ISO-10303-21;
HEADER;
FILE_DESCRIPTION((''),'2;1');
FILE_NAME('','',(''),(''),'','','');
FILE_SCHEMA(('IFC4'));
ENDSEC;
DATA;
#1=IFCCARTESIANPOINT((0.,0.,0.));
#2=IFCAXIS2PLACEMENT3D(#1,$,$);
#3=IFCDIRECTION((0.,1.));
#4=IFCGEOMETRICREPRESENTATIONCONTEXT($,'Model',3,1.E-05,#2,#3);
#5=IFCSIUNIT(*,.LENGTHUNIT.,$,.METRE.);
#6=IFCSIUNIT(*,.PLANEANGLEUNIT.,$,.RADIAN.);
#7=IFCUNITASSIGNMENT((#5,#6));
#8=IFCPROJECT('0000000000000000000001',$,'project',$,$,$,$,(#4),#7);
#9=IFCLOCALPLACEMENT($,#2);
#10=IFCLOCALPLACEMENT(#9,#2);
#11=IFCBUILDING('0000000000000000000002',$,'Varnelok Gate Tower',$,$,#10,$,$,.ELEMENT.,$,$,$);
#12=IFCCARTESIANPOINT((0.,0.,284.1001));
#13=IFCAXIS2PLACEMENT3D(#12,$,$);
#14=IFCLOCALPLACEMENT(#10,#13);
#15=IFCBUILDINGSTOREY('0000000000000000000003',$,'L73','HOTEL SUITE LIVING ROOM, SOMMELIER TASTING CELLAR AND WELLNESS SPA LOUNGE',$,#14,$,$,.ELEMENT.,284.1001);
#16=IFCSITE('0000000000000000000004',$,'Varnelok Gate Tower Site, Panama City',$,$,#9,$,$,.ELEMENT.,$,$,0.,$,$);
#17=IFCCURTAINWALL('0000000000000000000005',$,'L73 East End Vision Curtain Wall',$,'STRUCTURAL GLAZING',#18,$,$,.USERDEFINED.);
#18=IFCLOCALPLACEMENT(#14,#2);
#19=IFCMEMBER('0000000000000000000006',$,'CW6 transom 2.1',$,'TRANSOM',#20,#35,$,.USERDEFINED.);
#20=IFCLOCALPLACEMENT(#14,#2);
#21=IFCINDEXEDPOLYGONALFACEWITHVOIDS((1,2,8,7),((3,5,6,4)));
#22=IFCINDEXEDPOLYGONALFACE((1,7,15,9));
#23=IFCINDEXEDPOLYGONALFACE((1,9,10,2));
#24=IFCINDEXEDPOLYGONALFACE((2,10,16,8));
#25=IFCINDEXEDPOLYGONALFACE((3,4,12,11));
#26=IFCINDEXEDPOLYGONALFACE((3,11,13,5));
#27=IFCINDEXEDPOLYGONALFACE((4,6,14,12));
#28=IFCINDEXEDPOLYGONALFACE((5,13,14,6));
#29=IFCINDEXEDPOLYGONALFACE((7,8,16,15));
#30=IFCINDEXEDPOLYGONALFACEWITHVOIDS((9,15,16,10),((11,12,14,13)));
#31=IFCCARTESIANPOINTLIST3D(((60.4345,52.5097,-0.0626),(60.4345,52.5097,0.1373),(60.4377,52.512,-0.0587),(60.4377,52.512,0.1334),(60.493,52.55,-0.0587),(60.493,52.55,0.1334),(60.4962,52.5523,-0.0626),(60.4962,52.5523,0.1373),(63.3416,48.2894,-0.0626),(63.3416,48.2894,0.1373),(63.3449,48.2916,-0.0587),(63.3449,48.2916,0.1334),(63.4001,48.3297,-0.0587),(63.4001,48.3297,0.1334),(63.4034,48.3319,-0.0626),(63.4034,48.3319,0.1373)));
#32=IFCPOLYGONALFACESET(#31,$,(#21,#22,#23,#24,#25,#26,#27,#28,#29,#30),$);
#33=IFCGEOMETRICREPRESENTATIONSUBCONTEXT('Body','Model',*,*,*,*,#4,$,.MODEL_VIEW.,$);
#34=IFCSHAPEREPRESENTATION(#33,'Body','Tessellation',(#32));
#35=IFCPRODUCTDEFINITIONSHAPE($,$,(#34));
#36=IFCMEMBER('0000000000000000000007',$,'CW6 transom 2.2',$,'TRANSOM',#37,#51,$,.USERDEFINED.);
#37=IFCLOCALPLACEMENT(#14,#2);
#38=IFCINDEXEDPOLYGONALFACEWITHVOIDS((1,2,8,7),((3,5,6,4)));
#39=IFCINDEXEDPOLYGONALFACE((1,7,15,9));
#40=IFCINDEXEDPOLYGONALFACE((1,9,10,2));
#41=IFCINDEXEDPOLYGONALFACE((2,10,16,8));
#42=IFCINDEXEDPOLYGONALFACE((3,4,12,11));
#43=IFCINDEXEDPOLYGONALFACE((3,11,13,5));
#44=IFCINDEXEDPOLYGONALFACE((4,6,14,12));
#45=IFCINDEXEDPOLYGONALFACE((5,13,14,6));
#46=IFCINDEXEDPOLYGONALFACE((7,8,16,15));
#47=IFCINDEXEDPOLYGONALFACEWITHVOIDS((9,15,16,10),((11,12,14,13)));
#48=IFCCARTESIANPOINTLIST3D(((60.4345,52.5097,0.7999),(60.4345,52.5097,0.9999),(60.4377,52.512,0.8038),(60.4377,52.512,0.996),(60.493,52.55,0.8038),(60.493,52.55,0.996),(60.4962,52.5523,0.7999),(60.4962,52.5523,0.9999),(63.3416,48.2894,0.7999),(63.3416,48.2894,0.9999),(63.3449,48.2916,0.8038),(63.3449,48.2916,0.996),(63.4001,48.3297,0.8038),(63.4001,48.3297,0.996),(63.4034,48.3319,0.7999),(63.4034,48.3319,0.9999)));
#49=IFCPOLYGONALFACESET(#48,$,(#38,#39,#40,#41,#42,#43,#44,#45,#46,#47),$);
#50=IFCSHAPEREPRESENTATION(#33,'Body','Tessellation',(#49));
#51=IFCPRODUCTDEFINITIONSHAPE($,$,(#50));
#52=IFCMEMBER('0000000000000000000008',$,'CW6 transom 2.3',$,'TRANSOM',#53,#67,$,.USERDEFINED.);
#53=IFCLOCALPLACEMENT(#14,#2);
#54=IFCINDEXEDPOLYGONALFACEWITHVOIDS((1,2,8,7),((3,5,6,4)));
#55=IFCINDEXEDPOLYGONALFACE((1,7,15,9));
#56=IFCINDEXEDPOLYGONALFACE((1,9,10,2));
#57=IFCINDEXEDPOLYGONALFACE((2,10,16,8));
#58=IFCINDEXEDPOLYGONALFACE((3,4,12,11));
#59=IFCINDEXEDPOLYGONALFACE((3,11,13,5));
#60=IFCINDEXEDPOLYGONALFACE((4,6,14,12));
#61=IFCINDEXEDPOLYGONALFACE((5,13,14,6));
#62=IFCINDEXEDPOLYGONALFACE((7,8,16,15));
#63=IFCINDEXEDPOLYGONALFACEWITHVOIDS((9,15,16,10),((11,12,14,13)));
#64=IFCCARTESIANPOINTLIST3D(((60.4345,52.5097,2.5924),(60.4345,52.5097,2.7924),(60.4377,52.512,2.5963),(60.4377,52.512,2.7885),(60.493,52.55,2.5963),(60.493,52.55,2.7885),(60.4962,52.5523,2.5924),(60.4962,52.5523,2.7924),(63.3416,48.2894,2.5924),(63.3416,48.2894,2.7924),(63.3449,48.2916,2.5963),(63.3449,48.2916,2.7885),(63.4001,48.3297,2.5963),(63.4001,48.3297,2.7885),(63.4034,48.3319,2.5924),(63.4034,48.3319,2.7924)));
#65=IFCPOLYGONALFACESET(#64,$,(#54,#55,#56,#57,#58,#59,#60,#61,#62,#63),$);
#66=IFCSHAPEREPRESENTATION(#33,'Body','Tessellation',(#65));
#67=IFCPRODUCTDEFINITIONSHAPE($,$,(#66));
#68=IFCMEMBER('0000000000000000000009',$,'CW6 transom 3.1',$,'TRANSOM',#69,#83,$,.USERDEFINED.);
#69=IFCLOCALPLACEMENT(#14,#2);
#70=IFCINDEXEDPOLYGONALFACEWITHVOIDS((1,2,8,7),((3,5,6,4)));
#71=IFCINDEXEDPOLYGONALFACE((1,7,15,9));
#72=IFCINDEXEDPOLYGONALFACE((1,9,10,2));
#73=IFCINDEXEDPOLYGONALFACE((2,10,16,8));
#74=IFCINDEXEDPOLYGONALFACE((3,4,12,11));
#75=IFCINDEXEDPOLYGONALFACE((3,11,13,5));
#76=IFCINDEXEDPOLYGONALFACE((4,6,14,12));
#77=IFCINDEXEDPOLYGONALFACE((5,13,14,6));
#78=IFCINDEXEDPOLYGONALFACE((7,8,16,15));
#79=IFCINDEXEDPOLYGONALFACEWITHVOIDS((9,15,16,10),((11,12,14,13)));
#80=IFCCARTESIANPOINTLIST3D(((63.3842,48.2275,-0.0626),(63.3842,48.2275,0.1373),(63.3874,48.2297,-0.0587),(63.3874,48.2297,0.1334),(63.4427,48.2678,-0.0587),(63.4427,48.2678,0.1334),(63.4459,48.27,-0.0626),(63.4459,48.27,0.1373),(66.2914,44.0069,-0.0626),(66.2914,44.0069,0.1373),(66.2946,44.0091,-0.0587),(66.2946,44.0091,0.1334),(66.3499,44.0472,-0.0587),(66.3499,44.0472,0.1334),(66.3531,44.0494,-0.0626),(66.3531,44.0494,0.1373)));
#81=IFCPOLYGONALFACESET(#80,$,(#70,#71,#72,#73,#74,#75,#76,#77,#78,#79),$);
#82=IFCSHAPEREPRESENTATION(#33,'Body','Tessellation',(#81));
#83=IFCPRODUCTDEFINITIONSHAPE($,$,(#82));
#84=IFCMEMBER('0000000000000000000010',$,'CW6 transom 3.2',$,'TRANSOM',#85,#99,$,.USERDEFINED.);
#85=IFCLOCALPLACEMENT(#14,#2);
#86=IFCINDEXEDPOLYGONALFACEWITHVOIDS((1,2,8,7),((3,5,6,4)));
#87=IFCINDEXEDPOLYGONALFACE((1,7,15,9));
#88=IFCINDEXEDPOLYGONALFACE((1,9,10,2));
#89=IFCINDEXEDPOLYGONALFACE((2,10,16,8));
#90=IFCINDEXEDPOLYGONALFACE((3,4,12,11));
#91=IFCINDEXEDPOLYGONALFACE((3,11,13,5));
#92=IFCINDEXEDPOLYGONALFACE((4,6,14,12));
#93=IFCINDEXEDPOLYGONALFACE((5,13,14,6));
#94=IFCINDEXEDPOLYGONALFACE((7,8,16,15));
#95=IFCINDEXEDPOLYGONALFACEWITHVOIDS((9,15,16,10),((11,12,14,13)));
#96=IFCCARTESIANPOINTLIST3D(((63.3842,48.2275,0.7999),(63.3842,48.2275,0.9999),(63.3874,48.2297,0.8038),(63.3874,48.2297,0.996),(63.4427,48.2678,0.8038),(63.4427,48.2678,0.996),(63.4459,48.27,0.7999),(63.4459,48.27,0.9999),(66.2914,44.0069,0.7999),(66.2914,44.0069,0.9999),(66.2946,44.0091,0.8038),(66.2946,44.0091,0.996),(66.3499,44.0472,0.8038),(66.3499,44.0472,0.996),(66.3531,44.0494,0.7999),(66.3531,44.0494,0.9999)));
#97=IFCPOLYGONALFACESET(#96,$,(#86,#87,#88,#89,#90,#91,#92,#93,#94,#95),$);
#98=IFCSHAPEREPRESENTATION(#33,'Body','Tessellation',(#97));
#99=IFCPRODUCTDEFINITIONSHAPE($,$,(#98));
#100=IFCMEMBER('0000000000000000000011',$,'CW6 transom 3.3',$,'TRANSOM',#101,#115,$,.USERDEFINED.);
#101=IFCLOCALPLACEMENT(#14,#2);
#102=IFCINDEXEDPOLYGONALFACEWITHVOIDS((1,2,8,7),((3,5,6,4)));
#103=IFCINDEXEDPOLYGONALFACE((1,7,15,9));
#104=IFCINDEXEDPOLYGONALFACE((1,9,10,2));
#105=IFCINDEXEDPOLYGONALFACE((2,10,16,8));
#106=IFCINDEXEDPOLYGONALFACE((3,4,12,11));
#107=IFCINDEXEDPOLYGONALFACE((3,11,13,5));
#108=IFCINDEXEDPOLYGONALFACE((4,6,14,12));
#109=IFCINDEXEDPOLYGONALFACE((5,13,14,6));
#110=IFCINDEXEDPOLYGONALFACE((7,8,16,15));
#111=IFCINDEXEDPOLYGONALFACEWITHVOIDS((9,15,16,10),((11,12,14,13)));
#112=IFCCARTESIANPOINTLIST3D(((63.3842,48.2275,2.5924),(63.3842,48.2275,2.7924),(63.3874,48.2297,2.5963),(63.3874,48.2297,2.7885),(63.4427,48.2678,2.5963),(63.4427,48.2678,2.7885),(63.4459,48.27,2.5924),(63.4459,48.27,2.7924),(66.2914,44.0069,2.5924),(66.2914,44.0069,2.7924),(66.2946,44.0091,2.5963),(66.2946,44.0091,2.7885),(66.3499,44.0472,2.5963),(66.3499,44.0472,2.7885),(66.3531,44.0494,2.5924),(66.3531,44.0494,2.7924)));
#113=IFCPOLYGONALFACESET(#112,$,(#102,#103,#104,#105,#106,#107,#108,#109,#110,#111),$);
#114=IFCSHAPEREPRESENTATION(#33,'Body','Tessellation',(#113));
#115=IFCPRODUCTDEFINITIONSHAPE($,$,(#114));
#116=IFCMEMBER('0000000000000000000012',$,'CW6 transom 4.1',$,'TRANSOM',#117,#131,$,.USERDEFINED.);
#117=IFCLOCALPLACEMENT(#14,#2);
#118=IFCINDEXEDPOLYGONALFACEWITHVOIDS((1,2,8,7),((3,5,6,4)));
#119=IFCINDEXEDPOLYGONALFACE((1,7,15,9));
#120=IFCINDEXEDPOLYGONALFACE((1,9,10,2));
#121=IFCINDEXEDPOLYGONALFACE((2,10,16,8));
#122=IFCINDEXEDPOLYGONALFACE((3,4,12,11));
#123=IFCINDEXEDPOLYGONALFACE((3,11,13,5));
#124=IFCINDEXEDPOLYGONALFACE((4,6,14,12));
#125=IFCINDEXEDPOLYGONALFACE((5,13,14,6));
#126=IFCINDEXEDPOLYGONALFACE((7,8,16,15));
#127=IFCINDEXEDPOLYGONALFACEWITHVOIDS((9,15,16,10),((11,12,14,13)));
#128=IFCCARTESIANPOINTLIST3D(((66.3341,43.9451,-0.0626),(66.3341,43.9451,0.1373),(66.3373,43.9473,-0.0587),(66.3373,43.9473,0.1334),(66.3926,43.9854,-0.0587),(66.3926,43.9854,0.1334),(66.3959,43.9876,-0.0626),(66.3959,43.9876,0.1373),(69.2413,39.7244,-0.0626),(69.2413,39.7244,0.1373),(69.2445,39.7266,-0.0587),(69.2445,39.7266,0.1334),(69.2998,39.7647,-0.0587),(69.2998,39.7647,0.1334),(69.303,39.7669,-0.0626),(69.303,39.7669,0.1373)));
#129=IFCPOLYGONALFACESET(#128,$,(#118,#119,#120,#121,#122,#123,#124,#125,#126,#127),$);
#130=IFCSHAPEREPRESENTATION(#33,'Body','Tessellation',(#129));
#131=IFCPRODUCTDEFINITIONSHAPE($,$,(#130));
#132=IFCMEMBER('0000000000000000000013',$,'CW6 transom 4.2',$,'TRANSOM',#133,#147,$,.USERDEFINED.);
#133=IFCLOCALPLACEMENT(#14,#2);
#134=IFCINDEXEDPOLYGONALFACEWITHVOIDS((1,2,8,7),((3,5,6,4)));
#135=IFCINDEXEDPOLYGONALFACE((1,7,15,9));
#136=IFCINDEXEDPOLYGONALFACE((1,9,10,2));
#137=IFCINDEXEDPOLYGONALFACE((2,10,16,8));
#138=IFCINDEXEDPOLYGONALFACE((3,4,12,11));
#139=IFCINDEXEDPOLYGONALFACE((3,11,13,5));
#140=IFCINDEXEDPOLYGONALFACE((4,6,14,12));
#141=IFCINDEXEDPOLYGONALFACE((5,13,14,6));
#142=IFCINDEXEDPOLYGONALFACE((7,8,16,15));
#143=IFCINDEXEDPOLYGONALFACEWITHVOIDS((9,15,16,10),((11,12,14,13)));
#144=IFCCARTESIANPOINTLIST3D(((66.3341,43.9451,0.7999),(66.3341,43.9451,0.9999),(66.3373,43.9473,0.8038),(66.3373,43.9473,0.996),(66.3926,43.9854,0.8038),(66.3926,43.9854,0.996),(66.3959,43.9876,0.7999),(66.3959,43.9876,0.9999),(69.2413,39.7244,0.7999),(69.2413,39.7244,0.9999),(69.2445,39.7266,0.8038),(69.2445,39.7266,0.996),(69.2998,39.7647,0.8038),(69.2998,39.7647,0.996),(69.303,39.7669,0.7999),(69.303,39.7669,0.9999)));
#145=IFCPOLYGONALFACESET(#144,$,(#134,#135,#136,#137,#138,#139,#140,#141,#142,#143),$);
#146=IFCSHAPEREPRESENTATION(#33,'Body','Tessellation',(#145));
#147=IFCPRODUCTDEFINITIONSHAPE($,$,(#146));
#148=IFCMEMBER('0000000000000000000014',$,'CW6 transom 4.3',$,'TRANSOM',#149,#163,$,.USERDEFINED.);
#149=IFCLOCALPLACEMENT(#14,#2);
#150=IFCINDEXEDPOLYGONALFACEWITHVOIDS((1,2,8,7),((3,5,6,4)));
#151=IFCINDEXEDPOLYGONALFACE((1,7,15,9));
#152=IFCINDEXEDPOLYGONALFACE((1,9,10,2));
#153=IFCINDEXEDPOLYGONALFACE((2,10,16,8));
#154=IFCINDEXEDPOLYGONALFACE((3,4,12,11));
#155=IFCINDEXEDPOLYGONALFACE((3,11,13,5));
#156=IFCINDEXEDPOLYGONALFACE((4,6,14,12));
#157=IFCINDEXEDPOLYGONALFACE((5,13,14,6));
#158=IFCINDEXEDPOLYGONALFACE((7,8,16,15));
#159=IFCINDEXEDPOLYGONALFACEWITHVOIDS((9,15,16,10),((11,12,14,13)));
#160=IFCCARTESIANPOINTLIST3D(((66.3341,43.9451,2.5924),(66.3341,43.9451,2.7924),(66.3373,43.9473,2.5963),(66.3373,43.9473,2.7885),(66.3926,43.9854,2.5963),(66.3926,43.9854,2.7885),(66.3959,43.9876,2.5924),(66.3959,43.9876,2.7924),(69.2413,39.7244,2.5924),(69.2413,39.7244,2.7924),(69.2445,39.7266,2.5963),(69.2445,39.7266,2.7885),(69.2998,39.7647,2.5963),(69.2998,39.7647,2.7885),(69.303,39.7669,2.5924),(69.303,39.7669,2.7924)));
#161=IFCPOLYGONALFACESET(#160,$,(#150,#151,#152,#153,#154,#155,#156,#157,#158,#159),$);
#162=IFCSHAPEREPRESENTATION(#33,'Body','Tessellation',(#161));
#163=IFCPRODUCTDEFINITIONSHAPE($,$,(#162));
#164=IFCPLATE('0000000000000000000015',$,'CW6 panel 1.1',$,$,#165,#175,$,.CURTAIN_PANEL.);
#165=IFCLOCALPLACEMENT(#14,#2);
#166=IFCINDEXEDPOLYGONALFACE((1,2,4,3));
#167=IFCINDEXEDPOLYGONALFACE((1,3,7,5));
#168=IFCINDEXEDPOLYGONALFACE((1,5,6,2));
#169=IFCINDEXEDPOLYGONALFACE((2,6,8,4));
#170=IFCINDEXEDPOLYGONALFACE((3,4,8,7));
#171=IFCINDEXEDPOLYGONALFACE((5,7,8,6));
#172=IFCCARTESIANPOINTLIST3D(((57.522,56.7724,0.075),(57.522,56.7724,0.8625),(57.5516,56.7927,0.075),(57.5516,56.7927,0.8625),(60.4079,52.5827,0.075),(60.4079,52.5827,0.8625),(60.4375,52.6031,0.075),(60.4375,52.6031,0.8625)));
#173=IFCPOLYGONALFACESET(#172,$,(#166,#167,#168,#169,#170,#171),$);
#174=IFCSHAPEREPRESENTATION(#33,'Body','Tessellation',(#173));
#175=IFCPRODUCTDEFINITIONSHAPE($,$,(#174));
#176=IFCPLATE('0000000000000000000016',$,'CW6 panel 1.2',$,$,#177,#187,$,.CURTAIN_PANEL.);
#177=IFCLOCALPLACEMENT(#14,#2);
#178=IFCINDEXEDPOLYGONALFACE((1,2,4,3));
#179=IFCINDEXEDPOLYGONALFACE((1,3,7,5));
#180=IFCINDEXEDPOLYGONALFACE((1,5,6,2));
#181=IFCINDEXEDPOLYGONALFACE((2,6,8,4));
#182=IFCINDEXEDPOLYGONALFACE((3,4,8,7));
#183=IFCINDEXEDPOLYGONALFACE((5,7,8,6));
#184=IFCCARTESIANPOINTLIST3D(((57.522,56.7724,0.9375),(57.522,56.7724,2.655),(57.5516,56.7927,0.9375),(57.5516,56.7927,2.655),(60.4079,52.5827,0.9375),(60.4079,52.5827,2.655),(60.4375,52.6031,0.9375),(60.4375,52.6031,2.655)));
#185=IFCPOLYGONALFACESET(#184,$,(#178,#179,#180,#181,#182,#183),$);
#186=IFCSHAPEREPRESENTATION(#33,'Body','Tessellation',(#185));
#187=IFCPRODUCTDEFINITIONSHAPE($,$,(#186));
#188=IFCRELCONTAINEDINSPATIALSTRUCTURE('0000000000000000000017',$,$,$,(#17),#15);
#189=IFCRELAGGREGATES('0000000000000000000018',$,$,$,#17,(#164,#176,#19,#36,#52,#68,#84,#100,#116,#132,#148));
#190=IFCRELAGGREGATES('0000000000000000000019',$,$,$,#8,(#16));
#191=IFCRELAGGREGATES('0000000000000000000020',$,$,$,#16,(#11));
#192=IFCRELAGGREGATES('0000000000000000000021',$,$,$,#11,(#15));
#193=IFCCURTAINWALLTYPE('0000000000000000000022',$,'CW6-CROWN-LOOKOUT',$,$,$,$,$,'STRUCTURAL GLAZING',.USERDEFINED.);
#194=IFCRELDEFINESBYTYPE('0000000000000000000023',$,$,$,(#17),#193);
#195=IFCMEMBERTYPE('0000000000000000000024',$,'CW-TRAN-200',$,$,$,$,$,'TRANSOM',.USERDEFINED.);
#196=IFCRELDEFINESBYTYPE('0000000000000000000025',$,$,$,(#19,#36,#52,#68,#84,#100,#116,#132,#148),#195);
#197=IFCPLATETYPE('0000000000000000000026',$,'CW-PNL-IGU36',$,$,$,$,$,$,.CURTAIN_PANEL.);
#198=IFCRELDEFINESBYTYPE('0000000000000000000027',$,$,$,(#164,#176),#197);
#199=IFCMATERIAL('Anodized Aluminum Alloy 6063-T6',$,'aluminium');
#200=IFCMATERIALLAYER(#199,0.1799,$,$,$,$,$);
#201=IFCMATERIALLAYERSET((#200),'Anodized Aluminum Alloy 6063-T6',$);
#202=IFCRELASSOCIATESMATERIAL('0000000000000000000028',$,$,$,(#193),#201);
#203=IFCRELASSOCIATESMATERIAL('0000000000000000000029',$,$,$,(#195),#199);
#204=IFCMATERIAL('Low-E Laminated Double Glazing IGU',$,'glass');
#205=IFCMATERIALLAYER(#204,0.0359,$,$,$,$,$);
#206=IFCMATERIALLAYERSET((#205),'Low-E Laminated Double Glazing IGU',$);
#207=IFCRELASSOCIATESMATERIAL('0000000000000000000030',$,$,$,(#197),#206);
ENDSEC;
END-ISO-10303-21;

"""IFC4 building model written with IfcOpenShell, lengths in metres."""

from ifc_helpers import new_model, si_unit, direction, frame, origin, origin_2d, place, context, subcontext, project, spatial, rectangle, hollow_rectangle, extrude, source, transform, mapped, material, layer, layer_set, material_profile, profile_set, type_object, element, aggregate, save


model = new_model("IFC4")

# Units and contexts
model_context = context("Model", 3, precision=1e-05, world=origin(), true_north=direction((0.0, 1.0)))
body_context = subcontext(model_context, "Body", "Model", "MODEL_VIEW")
ifc_project = project(units=[si_unit("LENGTHUNIT", "METRE"), si_unit("PLANEANGLEUNIT", "RADIAN")], contexts=[model_context])

# Site, building, storey
site_placement = place(None, origin())
site = spatial("IfcSite", under=ifc_project, at=site_placement, Name="Varnelok Gate Tower Site, Panama City", CompositionType="ELEMENT", RefElevation=0.0)
building_placement = place(site_placement, origin())
building = spatial("IfcBuilding", under=site, at=building_placement, Name="Varnelok Gate Tower", CompositionType="ELEMENT")
storey_placement = place(building_placement, frame((0.0, 0.0, 284.1001)))
storey = spatial("IfcBuildingStorey", under=building, at=storey_placement, Name="L73", Description="HOTEL SUITE LIVING ROOM, SOMMELIER TASTING CELLAR AND WELLNESS SPA LOUNGE", CompositionType="ELEMENT", Elevation=284.1001)

# Curtain wall, members, plates
ifc_material_1 = material(Name="Anodized Aluminum Alloy 6063-T6", Category="aluminium")
ifc_layer_1 = layer(ifc_material_1, 0.1799)
ifc_layer_set_1 = layer_set([ifc_layer_1], Name="Anodized Aluminum Alloy 6063-T6")
curtain_wall_type = type_object("IfcCurtainWallType", Name="CW6-CROWN-LOOKOUT", ElementType="STRUCTURAL GLAZING", PredefinedType="USERDEFINED", material=ifc_layer_set_1)
curtain_wall_placement = place(storey_placement, origin())
curtain_wall = element("IfcCurtainWall", 1, at=curtain_wall_placement, inside=storey, type_object=curtain_wall_type, Name="L73 East End Vision Curtain Wall", ObjectType="STRUCTURAL GLAZING", PredefinedType="USERDEFINED")
ifc_material_profile_1 = material_profile(ifc_material_1, hollow_rectangle(XDim=0.075, YDim=0.2, WallThickness=0.0039, at=origin_2d()), Name="ALU200X75X4")
ifc_profile_set_1 = profile_set([ifc_material_profile_1], Name="Anodized Aluminum Alloy 6063-T6")
member_type_1 = type_object("IfcMemberType", Name="CW-TRAN-200", ElementType="TRANSOM", PredefinedType="USERDEFINED", material=ifc_profile_set_1)
member_1_placement = place(storey_placement, frame((60.4653, 52.531, 0.0374), z_axis=(0.567279, -0.823526, 0.0), x_axis=(0.823526, 0.567279, 0.0)))
member_1 = element("IfcMember", 2, at=member_1_placement, type_object=member_type_1, Name="CW6 transom 2.1", ObjectType="TRANSOM", PredefinedType="USERDEFINED", context=body_context, shape_type="SweptSolid", body=[
    extrude(hollow_rectangle(XDim=0.075, YDim=0.2, WallThickness=0.0039, at=origin_2d()), origin(), (0.0, 0.0, 1.0), 5.1248),
])
member_2_placement = place(storey_placement, frame((60.4653, 52.531, 0.8999), z_axis=(0.567279, -0.823526, 0.0), x_axis=(0.823526, 0.567279, 0.0)))
member_2 = element("IfcMember", 3, at=member_2_placement, type_object=member_type_1, Name="CW6 transom 2.2", ObjectType="TRANSOM", PredefinedType="USERDEFINED", context=body_context, shape_type="SweptSolid", body=[
    extrude(hollow_rectangle(XDim=0.075, YDim=0.2, WallThickness=0.0039, at=origin_2d()), origin(), (0.0, 0.0, 1.0), 5.1248),
])
member_3_placement = place(storey_placement, frame((60.4653, 52.531, 2.6924), z_axis=(0.567279, -0.823526, 0.0), x_axis=(0.823526, 0.567279, 0.0)))
member_3 = element("IfcMember", 4, at=member_3_placement, type_object=member_type_1, Name="CW6 transom 2.3", ObjectType="TRANSOM", PredefinedType="USERDEFINED", context=body_context, shape_type="SweptSolid", body=[
    extrude(hollow_rectangle(XDim=0.075, YDim=0.2, WallThickness=0.0039, at=origin_2d()), origin(), (0.0, 0.0, 1.0), 5.1248),
])
member_4_placement = place(storey_placement, frame((63.415, 48.2488, 0.0374), z_axis=(0.567256, -0.823541, 0.0), x_axis=(0.823541, 0.567256, 0.0)))
member_4 = element("IfcMember", 5, at=member_4_placement, type_object=member_type_1, Name="CW6 transom 3.1", ObjectType="TRANSOM", PredefinedType="USERDEFINED", context=body_context, shape_type="SweptSolid", body=[
    extrude(hollow_rectangle(XDim=0.075, YDim=0.2, WallThickness=0.0039, at=origin_2d()), origin(), (0.0, 0.0, 1.0), 5.125),
])
member_5_placement = place(storey_placement, frame((63.415, 48.2488, 0.8999), z_axis=(0.567256, -0.823541, 0.0), x_axis=(0.823541, 0.567256, 0.0)))
member_5 = element("IfcMember", 6, at=member_5_placement, type_object=member_type_1, Name="CW6 transom 3.2", ObjectType="TRANSOM", PredefinedType="USERDEFINED", context=body_context, shape_type="SweptSolid", body=[
    extrude(hollow_rectangle(XDim=0.075, YDim=0.2, WallThickness=0.0039, at=origin_2d()), origin(), (0.0, 0.0, 1.0), 5.125),
])
member_6_placement = place(storey_placement, frame((63.415, 48.2488, 2.6924), z_axis=(0.567256, -0.823541, 0.0), x_axis=(0.823541, 0.567256, 0.0)))
member_6 = element("IfcMember", 7, at=member_6_placement, type_object=member_type_1, Name="CW6 transom 3.3", ObjectType="TRANSOM", PredefinedType="USERDEFINED", context=body_context, shape_type="SweptSolid", body=[
    extrude(hollow_rectangle(XDim=0.075, YDim=0.2, WallThickness=0.0039, at=origin_2d()), origin(), (0.0, 0.0, 1.0), 5.125),
])
member_7_placement = place(storey_placement, frame((66.365, 43.9663, 0.0374), z_axis=(0.567256, -0.823541, 0.0), x_axis=(0.823541, 0.567256, 0.0)))
member_7 = element("IfcMember", 8, at=member_7_placement, type_object=member_type_1, Name="CW6 transom 4.1", ObjectType="TRANSOM", PredefinedType="USERDEFINED", context=body_context, shape_type="SweptSolid", body=[
    extrude(hollow_rectangle(XDim=0.075, YDim=0.2, WallThickness=0.0039, at=origin_2d()), origin(), (0.0, 0.0, 1.0), 5.125),
])
member_8_placement = place(storey_placement, frame((66.365, 43.9663, 0.8999), z_axis=(0.567256, -0.823541, 0.0), x_axis=(0.823541, 0.567256, 0.0)))
member_8 = element("IfcMember", 9, at=member_8_placement, type_object=member_type_1, Name="CW6 transom 4.2", ObjectType="TRANSOM", PredefinedType="USERDEFINED", context=body_context, shape_type="SweptSolid", body=[
    extrude(hollow_rectangle(XDim=0.075, YDim=0.2, WallThickness=0.0039, at=origin_2d()), origin(), (0.0, 0.0, 1.0), 5.125),
])
member_9_placement = place(storey_placement, frame((66.365, 43.9663, 2.6924), z_axis=(0.567256, -0.823541, 0.0), x_axis=(0.823541, 0.567256, 0.0)))
member_9 = element("IfcMember", 10, at=member_9_placement, type_object=member_type_1, Name="CW6 transom 4.3", ObjectType="TRANSOM", PredefinedType="USERDEFINED", context=body_context, shape_type="SweptSolid", body=[
    extrude(hollow_rectangle(XDim=0.075, YDim=0.2, WallThickness=0.0039, at=origin_2d()), origin(), (0.0, 0.0, 1.0), 5.125),
])
ifc_material_2 = material(Name="Low-E Laminated Double Glazing IGU", Category="glass")
ifc_layer_2 = layer(ifc_material_2, 0.0359)
ifc_layer_set_2 = layer_set([ifc_layer_2], Name="Low-E Laminated Double Glazing IGU")
plate_type = type_object("IfcPlateType", Name="CW-PNL-IGU36", PredefinedType="CURTAIN_PANEL", material=ifc_layer_set_2)
shared_shape_1 = source(origin(), body_context, "Body", "SweptSolid", [
    extrude(rectangle(XDim=5.0874, YDim=0.0359, at=origin_2d()), origin(), (0.0, 0.0, 1.0), 0.7876),
])
plate_1_placement = place(storey_placement, frame((58.9797, 54.6877, 0.075), z_axis=(0.0, 0.0, 1.0), x_axis=(0.567269, -0.823532, 0.0)))
plate_1 = element("IfcPlate", 11, at=plate_1_placement, type_object=plate_type, Name="CW6 panel 1.1", PredefinedType="CURTAIN_PANEL", context=body_context, shape_type="MappedRepresentation", body=[
    mapped(shared_shape_1, transform((0.0, 0.0, 0.0), scale=1.0)),
])
shared_shape_2 = source(origin(), body_context, "Body", "SweptSolid", [
    extrude(rectangle(XDim=5.0874, YDim=0.0359, at=origin_2d()), origin(), (0.0, 0.0, 1.0), 1.7175),
])
plate_2_placement = place(storey_placement, frame((58.9797, 54.6877, 0.9375), z_axis=(0.0, 0.0, 1.0), x_axis=(0.567269, -0.823532, 0.0)))
plate_2 = element("IfcPlate", 12, at=plate_2_placement, type_object=plate_type, Name="CW6 panel 1.2", PredefinedType="CURTAIN_PANEL", context=body_context, shape_type="MappedRepresentation", body=[
    mapped(shared_shape_2, transform((0.0, 0.0, 0.0), scale=1.0)),
])
aggregate(curtain_wall, [plate_1, plate_2, member_1, member_2, member_3, member_4, member_5, member_6, member_7, member_8, member_9])

save(model, "model.ifc")
